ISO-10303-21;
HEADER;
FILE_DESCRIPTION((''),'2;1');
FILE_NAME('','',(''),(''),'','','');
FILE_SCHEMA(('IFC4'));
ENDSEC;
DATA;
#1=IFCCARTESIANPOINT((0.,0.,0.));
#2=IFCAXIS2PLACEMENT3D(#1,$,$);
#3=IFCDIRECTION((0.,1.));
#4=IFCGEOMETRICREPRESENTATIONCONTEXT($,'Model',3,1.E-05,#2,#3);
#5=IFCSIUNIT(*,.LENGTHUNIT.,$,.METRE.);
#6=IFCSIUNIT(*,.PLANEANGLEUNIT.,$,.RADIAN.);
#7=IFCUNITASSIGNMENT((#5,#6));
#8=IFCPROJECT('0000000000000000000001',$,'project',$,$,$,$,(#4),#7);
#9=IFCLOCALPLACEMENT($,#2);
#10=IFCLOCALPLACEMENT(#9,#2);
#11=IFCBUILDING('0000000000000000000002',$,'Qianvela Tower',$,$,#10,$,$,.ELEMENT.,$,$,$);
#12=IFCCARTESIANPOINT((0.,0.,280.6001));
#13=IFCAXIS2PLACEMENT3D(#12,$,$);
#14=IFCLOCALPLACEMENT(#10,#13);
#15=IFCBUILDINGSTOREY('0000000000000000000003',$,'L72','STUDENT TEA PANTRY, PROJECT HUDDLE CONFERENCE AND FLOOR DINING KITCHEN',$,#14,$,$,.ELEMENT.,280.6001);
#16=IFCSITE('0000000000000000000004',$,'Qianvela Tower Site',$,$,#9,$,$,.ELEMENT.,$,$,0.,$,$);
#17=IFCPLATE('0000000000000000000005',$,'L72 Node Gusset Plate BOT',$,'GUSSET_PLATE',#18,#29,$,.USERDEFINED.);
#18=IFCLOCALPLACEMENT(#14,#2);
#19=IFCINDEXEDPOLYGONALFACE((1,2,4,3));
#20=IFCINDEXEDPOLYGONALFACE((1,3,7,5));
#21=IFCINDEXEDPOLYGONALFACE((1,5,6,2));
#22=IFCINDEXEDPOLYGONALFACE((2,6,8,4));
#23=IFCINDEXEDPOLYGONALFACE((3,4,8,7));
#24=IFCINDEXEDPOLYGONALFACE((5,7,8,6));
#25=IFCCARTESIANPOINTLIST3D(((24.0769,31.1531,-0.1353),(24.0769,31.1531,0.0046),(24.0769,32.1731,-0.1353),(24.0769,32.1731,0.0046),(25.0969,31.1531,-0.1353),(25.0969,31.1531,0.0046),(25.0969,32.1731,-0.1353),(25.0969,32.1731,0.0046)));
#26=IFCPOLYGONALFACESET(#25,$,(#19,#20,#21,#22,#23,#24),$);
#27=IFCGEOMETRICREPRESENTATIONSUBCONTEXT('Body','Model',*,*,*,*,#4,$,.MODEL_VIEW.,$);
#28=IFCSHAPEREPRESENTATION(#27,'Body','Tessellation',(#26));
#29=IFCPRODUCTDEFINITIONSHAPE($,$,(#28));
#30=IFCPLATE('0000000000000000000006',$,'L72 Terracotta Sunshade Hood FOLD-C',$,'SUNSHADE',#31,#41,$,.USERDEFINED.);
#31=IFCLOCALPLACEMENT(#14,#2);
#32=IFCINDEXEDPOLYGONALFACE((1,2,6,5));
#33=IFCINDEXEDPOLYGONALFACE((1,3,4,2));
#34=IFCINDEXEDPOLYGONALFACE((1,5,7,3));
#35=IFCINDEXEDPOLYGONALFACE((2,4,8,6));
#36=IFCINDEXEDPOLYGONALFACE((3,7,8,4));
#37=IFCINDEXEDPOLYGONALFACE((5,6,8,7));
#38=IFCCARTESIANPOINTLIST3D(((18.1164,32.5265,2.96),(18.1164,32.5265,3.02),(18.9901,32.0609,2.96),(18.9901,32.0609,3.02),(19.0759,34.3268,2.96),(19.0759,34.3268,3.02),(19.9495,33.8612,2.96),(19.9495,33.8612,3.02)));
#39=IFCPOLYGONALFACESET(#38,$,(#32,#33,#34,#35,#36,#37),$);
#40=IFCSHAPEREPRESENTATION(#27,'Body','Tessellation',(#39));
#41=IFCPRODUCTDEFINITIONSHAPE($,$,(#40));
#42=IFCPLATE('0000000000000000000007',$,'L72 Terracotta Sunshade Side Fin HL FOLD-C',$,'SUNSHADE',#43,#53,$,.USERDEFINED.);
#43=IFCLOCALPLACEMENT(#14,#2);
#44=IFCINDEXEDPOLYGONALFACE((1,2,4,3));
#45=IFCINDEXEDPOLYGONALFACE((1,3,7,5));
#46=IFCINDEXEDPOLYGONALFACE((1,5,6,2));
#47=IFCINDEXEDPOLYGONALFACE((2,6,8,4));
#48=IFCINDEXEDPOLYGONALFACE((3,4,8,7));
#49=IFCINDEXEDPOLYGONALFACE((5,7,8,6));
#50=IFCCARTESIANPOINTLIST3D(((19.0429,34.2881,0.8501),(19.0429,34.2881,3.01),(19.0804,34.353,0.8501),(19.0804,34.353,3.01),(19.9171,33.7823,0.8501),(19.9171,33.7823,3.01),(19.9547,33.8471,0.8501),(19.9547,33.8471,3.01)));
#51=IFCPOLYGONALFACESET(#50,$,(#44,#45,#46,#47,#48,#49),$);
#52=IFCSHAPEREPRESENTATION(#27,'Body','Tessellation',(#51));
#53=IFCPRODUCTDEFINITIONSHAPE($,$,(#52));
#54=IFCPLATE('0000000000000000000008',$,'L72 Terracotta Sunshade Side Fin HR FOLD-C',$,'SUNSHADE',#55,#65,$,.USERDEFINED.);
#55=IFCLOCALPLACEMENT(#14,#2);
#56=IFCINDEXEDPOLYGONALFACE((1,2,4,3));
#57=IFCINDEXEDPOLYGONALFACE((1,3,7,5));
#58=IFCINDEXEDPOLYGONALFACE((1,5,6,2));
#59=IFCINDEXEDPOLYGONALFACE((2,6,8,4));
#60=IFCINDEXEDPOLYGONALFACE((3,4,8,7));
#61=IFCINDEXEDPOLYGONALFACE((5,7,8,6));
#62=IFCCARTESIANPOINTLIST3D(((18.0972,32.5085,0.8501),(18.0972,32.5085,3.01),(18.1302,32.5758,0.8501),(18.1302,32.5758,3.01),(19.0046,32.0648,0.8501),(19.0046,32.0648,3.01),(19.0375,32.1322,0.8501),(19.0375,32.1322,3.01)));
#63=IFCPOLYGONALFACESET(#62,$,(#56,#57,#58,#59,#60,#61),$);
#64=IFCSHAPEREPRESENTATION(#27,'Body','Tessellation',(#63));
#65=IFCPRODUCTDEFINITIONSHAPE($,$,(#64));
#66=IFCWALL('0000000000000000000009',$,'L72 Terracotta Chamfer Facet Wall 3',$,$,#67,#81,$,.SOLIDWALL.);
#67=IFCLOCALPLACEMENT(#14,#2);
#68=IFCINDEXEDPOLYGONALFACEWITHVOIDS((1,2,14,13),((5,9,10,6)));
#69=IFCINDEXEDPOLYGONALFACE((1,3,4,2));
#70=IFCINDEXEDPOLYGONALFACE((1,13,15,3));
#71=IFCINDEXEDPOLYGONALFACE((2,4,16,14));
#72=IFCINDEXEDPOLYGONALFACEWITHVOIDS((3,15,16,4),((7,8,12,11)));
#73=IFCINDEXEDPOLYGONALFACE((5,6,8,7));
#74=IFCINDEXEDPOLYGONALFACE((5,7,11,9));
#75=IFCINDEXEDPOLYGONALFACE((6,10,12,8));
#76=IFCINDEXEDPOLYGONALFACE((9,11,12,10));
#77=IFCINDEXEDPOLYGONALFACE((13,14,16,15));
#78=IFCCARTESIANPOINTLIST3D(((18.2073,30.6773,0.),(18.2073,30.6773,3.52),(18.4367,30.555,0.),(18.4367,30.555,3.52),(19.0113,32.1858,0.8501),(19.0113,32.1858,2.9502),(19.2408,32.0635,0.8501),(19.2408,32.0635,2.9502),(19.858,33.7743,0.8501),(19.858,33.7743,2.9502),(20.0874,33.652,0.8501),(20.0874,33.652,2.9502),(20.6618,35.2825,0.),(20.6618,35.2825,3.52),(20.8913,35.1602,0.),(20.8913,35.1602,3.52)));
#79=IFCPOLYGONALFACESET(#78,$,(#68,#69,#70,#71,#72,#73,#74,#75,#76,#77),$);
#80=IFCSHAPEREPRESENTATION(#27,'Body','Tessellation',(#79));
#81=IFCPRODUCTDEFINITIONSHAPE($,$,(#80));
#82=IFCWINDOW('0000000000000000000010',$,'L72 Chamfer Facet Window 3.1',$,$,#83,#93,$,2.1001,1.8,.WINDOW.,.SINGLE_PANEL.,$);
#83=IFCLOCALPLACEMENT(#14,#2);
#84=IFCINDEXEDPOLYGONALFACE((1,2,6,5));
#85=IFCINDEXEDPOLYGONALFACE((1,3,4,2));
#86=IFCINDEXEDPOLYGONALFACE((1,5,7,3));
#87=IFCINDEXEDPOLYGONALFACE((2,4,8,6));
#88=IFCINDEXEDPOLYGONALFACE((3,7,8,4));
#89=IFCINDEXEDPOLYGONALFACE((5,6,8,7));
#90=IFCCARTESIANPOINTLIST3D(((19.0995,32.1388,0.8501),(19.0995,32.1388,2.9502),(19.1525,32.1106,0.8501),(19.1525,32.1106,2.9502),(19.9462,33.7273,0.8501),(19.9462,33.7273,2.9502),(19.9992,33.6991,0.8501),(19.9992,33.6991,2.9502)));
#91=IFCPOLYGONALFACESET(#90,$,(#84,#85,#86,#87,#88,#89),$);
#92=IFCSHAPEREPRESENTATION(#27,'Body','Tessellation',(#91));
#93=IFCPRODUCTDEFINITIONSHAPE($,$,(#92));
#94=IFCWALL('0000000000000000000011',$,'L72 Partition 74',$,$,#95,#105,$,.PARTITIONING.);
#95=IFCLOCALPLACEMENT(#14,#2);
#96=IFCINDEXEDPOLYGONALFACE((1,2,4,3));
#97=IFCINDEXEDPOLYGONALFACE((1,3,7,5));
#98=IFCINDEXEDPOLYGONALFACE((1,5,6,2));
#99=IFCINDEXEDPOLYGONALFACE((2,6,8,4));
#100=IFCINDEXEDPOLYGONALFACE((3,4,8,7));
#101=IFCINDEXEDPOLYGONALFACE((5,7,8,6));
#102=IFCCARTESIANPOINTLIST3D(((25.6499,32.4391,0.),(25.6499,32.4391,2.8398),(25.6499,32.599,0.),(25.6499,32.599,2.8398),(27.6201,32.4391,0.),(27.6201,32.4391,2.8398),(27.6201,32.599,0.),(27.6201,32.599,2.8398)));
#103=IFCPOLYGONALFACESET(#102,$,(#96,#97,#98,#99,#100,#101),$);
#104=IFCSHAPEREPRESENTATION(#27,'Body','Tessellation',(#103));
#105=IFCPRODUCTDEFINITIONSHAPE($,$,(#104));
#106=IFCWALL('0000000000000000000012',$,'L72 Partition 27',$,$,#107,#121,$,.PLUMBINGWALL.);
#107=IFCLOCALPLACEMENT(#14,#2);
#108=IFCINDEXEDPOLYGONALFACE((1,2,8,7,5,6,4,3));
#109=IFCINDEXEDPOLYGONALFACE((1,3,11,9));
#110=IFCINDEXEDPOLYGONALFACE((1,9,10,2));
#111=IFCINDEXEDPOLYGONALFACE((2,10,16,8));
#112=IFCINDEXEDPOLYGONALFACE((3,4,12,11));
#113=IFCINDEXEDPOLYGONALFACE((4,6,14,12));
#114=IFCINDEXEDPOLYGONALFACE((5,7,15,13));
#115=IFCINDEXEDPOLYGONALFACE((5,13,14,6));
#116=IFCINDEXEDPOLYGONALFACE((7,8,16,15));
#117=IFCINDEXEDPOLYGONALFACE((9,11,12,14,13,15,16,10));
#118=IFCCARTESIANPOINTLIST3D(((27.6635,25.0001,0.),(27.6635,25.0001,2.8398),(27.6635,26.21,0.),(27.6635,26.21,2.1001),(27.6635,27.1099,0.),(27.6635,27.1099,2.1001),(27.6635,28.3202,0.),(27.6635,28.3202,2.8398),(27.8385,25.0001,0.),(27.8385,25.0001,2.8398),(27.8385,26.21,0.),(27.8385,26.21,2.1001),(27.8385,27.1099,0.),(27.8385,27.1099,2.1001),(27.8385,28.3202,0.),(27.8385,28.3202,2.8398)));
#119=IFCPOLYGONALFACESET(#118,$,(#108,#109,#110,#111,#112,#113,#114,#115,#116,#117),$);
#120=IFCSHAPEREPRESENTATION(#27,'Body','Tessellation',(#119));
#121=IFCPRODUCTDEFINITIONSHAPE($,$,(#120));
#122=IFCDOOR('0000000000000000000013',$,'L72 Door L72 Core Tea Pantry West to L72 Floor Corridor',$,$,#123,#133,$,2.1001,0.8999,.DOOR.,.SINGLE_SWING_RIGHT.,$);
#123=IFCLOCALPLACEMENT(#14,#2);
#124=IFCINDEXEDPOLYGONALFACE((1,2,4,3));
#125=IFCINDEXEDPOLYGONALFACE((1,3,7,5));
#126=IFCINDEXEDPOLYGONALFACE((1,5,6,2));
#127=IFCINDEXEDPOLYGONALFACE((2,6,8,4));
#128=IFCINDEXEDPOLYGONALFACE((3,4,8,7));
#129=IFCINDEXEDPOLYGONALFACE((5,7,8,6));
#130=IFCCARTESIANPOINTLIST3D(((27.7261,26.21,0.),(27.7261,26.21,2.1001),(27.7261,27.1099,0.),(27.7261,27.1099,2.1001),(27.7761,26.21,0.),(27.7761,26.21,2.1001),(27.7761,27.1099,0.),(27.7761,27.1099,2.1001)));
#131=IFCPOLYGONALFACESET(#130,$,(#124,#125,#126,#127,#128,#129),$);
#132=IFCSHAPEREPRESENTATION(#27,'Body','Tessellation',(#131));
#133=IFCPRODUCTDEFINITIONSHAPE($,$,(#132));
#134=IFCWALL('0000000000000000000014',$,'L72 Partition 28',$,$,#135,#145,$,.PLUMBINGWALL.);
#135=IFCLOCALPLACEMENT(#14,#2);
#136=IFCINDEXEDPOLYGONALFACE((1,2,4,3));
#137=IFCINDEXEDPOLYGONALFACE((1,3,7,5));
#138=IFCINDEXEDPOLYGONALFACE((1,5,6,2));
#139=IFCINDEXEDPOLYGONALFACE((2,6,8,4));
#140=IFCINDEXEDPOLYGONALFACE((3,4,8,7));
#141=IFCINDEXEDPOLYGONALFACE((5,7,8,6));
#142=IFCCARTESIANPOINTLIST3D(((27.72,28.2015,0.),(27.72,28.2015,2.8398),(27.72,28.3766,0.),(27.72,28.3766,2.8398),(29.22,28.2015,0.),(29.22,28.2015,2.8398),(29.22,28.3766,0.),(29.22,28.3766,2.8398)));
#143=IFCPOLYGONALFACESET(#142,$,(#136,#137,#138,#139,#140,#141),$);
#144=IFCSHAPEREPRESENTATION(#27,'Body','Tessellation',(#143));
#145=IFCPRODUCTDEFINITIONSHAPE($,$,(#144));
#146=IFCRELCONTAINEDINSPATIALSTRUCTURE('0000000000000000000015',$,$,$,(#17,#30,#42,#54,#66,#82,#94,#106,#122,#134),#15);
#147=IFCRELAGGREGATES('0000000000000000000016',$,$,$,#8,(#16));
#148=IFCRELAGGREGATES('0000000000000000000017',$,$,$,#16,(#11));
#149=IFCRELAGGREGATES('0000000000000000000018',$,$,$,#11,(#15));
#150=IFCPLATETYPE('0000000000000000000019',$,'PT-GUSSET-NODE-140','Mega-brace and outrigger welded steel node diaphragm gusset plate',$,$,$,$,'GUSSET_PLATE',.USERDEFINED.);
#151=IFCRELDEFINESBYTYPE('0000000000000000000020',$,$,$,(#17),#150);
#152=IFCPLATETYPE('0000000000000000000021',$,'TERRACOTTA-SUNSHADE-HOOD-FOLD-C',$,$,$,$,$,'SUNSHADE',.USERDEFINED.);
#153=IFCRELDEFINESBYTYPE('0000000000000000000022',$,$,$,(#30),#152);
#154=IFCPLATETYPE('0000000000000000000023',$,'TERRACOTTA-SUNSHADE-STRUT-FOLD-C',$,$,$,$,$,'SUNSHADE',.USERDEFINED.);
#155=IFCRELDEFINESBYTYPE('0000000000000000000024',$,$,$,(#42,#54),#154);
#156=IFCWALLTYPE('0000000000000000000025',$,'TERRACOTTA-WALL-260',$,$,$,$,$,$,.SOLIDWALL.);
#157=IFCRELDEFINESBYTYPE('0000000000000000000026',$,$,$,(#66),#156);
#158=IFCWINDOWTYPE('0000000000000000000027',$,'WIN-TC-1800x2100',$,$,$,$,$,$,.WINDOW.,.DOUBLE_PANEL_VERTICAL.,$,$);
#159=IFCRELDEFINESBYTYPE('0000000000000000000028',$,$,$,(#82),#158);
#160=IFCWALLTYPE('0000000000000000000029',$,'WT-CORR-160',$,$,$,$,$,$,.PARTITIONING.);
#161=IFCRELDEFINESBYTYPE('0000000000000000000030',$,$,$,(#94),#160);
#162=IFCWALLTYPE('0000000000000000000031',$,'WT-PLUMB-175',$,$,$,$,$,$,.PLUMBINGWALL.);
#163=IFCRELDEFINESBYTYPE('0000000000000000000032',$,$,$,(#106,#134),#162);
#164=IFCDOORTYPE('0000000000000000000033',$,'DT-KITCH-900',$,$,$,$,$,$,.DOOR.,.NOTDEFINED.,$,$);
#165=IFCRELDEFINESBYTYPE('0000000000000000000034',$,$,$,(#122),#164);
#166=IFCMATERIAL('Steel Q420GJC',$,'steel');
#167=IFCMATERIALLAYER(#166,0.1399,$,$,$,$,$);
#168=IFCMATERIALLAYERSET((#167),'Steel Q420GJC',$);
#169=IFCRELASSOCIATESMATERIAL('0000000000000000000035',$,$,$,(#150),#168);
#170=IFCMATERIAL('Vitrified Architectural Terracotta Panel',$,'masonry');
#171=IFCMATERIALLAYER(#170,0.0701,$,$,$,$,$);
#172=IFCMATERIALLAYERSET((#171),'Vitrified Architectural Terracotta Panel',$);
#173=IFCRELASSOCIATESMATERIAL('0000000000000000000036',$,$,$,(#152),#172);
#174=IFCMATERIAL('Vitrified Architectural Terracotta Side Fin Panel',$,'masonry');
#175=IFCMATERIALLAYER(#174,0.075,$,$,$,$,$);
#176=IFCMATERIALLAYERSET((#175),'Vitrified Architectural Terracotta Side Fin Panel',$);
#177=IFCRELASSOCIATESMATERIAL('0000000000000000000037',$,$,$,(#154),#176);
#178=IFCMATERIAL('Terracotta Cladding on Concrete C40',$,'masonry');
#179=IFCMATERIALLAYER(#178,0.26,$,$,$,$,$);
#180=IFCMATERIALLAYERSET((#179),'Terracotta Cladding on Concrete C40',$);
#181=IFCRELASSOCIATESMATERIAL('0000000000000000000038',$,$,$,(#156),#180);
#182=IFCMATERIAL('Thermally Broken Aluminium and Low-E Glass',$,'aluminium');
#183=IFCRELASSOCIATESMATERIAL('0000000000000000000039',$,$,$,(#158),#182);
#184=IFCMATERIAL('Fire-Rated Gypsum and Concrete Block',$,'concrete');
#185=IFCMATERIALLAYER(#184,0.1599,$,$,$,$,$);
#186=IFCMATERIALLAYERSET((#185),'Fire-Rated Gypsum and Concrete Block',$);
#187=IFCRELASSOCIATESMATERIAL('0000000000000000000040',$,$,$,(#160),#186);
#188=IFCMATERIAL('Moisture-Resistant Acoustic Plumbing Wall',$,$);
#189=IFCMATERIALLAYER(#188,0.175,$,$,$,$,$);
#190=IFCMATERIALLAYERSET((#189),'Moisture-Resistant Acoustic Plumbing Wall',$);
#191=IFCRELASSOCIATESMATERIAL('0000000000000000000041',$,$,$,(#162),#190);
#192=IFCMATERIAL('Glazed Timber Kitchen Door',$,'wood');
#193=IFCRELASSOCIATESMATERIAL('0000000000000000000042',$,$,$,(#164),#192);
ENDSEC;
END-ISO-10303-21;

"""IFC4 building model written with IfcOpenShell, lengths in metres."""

from ifc_helpers import new_model, si_unit, direction, frame, frame_2d, origin, origin_2d, place, context, subcontext, project, spatial, rectangle, extrude, material, layer, layer_set, type_object, element, fill, save


model = new_model("IFC4")

# Units and contexts
model_context = context("Model", 3, precision=1e-05, world=origin(), true_north=direction((0.0, 1.0)))
body_context = subcontext(model_context, "Body", "Model", "MODEL_VIEW")
ifc_project = project(units=[si_unit("LENGTHUNIT", "METRE"), si_unit("PLANEANGLEUNIT", "RADIAN")], contexts=[model_context])

# Site, building, storey
site_placement = place(None, origin())
site = spatial("IfcSite", under=ifc_project, at=site_placement, Name="Qianvela Tower Site", CompositionType="ELEMENT", RefElevation=0.0)
building_placement = place(site_placement, origin())
building = spatial("IfcBuilding", under=site, at=building_placement, Name="Qianvela Tower", CompositionType="ELEMENT")
storey_placement = place(building_placement, frame((0.0, 0.0, 280.6001)))
storey = spatial("IfcBuildingStorey", under=building, at=storey_placement, Name="L72", Description="STUDENT TEA PANTRY, PROJECT HUDDLE CONFERENCE AND FLOOR DINING KITCHEN", CompositionType="ELEMENT", Elevation=280.6001)

# Plates
ifc_material_1 = material(Name="Steel Q420GJC", Category="steel")
ifc_layer_1 = layer(ifc_material_1, 0.1399)
ifc_layer_set_1 = layer_set([ifc_layer_1], Name="Steel Q420GJC")
plate_type_1 = type_object("IfcPlateType", Name="PT-GUSSET-NODE-140", Description="Mega-brace and outrigger welded steel node diaphragm gusset plate", ElementType="GUSSET_PLATE", PredefinedType="USERDEFINED", material=ifc_layer_set_1)
plate_1_placement = place(storey_placement, frame((24.5869, 31.6631, -0.1353), z_axis=(0.0, 0.0, 1.0), x_axis=(1.0, 0.0, 0.0)))
element("IfcPlate", 1, at=plate_1_placement, inside=storey, type_object=plate_type_1, Name="L72 Node Gusset Plate BOT", ObjectType="GUSSET_PLATE", PredefinedType="USERDEFINED", context=body_context, shape_type="SweptSolid", body=[
    extrude(rectangle(XDim=1.02, YDim=1.02, at=origin_2d()), origin(), (0.0, 0.0, 1.0), 0.1399),
])
ifc_material_2 = material(Name="Vitrified Architectural Terracotta Panel", Category="masonry")
ifc_layer_2 = layer(ifc_material_2, 0.0701)
ifc_layer_set_2 = layer_set([ifc_layer_2], Name="Vitrified Architectural Terracotta Panel")
plate_type_2 = type_object("IfcPlateType", Name="TERRACOTTA-SUNSHADE-HOOD-FOLD-C", ElementType="SUNSHADE", PredefinedType="USERDEFINED", material=ifc_layer_set_2)
plate_2_placement = place(storey_placement, frame((19.033, 33.1938, 2.96), z_axis=(0.0, 0.0, 1.0), x_axis=(-0.470317, -0.882497, 0.0)))
element("IfcPlate", 2, at=plate_2_placement, inside=storey, type_object=plate_type_2, Name="L72 Terracotta Sunshade Hood FOLD-C", ObjectType="SUNSHADE", PredefinedType="USERDEFINED", context=body_context, shape_type="SweptSolid", body=[
    extrude(rectangle(XDim=2.04, YDim=0.99, at=origin_2d()), origin(), (0.0, 0.0, 1.0), 0.0601),
])
ifc_material_3 = material(Name="Vitrified Architectural Terracotta Side Fin Panel", Category="masonry")
ifc_layer_3 = layer(ifc_material_3, 0.075)
ifc_layer_set_3 = layer_set([ifc_layer_3], Name="Vitrified Architectural Terracotta Side Fin Panel")
plate_type_3 = type_object("IfcPlateType", Name="TERRACOTTA-SUNSHADE-STRUT-FOLD-C", ElementType="SUNSHADE", PredefinedType="USERDEFINED", material=ifc_layer_set_3)
for number, where, z_axis, x_axis, name in (
    (3, (19.4988, 34.0676, 0.8501), (0.0, 0.0, 1.0), (-0.50083, -0.865546, 0.0), "L72 Terracotta Sunshade Side Fin HL FOLD-C"),
    (4, (18.5674, 32.3203, 0.8501), (0.0, 0.0, 1.0), (-0.439232, -0.898374, 0.0), "L72 Terracotta Sunshade Side Fin HR FOLD-C"),
):
    element("IfcPlate", number, at=place(storey_placement, frame(where, z_axis=z_axis, x_axis=x_axis)), inside=storey, type_object=plate_type_3, Name=name, ObjectType="SUNSHADE", PredefinedType="USERDEFINED", context=body_context, shape_type="SweptSolid", body=[
        extrude(rectangle(XDim=0.075, YDim=1.01, at=origin_2d()), origin(), (0.0, 0.0, 1.0), 2.1599),
    ])

# Wall, opening, window
ifc_material_4 = material(Name="Terracotta Cladding on Concrete C40", Category="masonry")
ifc_layer_4 = layer(ifc_material_4, 0.26)
ifc_layer_set_4 = layer_set([ifc_layer_4], Name="Terracotta Cladding on Concrete C40")
wall_type_1 = type_object("IfcWallType", Name="TERRACOTTA-WALL-260", PredefinedType="SOLIDWALL", material=ifc_layer_set_4)
wall_1_placement = place(storey_placement, frame((20.7766, 35.2214, 0.0), z_axis=(0.0, 0.0, 1.0), x_axis=(-0.47036, -0.882475, 0.0)))
wall_1 = element("IfcWall", 5, at=wall_1_placement, inside=storey, type_object=wall_type_1, Name="L72 Terracotta Chamfer Facet Wall 3", PredefinedType="SOLIDWALL", context=body_context, shape_type="SweptSolid", body=[
    extrude(rectangle(XDim=5.2185, YDim=0.26, at=frame_2d((2.6094, 0.0))), origin(), (0.0, 0.0, 1.0), 3.52),
])
opening_1_placement = place(wall_1_placement, frame((1.7092, 0.0, 0.8501)))
opening_1 = element("IfcOpeningElement", 6, at=opening_1_placement, cuts=wall_1, PredefinedType="OPENING", context=body_context, shape_type="SweptSolid", body=[
    extrude(rectangle(XDim=1.8, YDim=2.1001, at=frame_2d((0.8999, 1.05))), frame((0.0, 0.1399, 0.0), z_axis=(0.0, -1.0, 0.0), x_axis=(1.0, 0.0, 0.0)), (0.0, 0.0, 1.0), 0.28),
])
ifc_material_5 = material(Name="Thermally Broken Aluminium and Low-E Glass", Category="aluminium")
window_type = type_object("IfcWindowType", Name="WIN-TC-1800x2100", PartitioningType="DOUBLE_PANEL_VERTICAL", PredefinedType="WINDOW", material=ifc_material_5)
window_placement = place(opening_1_placement, origin())
window = element("IfcWindow", 7, at=window_placement, inside=storey, type_object=window_type, Name="L72 Chamfer Facet Window 3.1", OverallHeight=2.1001, OverallWidth=1.8, PartitioningType="SINGLE_PANEL", PredefinedType="WINDOW", context=body_context, shape_type="SweptSolid", body=[
    extrude(rectangle(XDim=1.8, YDim=2.1001, at=frame_2d((0.8999, 1.05))), frame((0.0, 0.03, 0.0), z_axis=(0.0, -1.0, 0.0), x_axis=(1.0, 0.0, 0.0)), (0.0, 0.0, 1.0), 0.0601),
])
fill(opening_1, window)

# Wall
ifc_material_6 = material(Name="Fire-Rated Gypsum and Concrete Block", Category="concrete")
ifc_layer_5 = layer(ifc_material_6, 0.1599)
ifc_layer_set_5 = layer_set([ifc_layer_5], Name="Fire-Rated Gypsum and Concrete Block")
wall_type_2 = type_object("IfcWallType", Name="WT-CORR-160", PredefinedType="PARTITIONING", material=ifc_layer_set_5)
wall_2_placement = place(storey_placement, frame((25.6499, 32.519, 0.0), z_axis=(0.0, 0.0, 1.0), x_axis=(1.0, 0.0, 0.0)))
element("IfcWall", 8, at=wall_2_placement, inside=storey, type_object=wall_type_2, Name="L72 Partition 74", PredefinedType="PARTITIONING", context=body_context, shape_type="SweptSolid", body=[
    extrude(rectangle(XDim=1.9702, YDim=0.1599, at=frame_2d((0.9851, 0.0))), origin(), (0.0, 0.0, 1.0), 2.8398),
])

# Wall, opening, door
ifc_material_7 = material(Name="Moisture-Resistant Acoustic Plumbing Wall")
ifc_layer_6 = layer(ifc_material_7, 0.175)
ifc_layer_set_6 = layer_set([ifc_layer_6], Name="Moisture-Resistant Acoustic Plumbing Wall")
wall_type_3 = type_object("IfcWallType", Name="WT-PLUMB-175", PredefinedType="PLUMBINGWALL", material=ifc_layer_set_6)
wall_3_placement = place(storey_placement, frame((27.751, 25.0, 0.0), z_axis=(0.0, 0.0, 1.0), x_axis=(0.0, 1.0, 0.0)))
wall_3 = element("IfcWall", 9, at=wall_3_placement, inside=storey, type_object=wall_type_3, Name="L72 Partition 27", PredefinedType="PLUMBINGWALL", context=body_context, shape_type="SweptSolid", body=[
    extrude(rectangle(XDim=3.3201, YDim=0.175, at=frame_2d((1.6602, 0.0))), origin(), (0.0, 0.0, 1.0), 2.8398),
])
opening_2_placement = place(wall_3_placement, frame((1.21, 0.0, 0.0)))
opening_2 = element("IfcOpeningElement", 10, at=opening_2_placement, cuts=wall_3, PredefinedType="OPENING", context=body_context, shape_type="SweptSolid", body=[
    extrude(rectangle(XDim=0.8999, YDim=2.1001, at=frame_2d((0.45, 1.05))), frame((0.0, 0.0974, 0.0), z_axis=(0.0, -1.0, 0.0), x_axis=(1.0, 0.0, 0.0)), (0.0, 0.0, 1.0), 0.1951),
])
ifc_material_8 = material(Name="Glazed Timber Kitchen Door", Category="wood")
door_type_1 = type_object("IfcDoorType", Name="DT-KITCH-900", OperationType="NOTDEFINED", PredefinedType="DOOR", material=ifc_material_8)
door_1_placement = place(opening_2_placement, origin())
door_1 = element("IfcDoor", 11, at=door_1_placement, inside=storey, type_object=door_type_1, Name="L72 Door L72 Core Tea Pantry West to L72 Floor Corridor", OperationType="SINGLE_SWING_RIGHT", OverallHeight=2.1001, OverallWidth=0.8999, PredefinedType="DOOR", context=body_context, shape_type="SweptSolid", body=[
    extrude(rectangle(XDim=0.8999, YDim=2.1001, at=frame_2d((0.45, 1.05))), frame((0.0, 0.0249, 0.0), z_axis=(0.0, -1.0, 0.0), x_axis=(1.0, 0.0, 0.0)), (0.0, 0.0, 1.0), 0.05),
])
fill(opening_2, door_1)

# Wall
wall_4_placement = place(storey_placement, frame((27.72, 28.2891, 0.0), z_axis=(0.0, 0.0, 1.0), x_axis=(1.0, 0.0, 0.0)))
element("IfcWall", 12, at=wall_4_placement, inside=storey, type_object=wall_type_3, Name="L72 Partition 28", PredefinedType="PLUMBINGWALL", context=body_context, shape_type="SweptSolid", body=[
    extrude(rectangle(XDim=1.5, YDim=0.175, at=frame_2d((0.75, 0.0))), origin(), (0.0, 0.0, 1.0), 2.8398),
])

save(model, "model.ifc")
